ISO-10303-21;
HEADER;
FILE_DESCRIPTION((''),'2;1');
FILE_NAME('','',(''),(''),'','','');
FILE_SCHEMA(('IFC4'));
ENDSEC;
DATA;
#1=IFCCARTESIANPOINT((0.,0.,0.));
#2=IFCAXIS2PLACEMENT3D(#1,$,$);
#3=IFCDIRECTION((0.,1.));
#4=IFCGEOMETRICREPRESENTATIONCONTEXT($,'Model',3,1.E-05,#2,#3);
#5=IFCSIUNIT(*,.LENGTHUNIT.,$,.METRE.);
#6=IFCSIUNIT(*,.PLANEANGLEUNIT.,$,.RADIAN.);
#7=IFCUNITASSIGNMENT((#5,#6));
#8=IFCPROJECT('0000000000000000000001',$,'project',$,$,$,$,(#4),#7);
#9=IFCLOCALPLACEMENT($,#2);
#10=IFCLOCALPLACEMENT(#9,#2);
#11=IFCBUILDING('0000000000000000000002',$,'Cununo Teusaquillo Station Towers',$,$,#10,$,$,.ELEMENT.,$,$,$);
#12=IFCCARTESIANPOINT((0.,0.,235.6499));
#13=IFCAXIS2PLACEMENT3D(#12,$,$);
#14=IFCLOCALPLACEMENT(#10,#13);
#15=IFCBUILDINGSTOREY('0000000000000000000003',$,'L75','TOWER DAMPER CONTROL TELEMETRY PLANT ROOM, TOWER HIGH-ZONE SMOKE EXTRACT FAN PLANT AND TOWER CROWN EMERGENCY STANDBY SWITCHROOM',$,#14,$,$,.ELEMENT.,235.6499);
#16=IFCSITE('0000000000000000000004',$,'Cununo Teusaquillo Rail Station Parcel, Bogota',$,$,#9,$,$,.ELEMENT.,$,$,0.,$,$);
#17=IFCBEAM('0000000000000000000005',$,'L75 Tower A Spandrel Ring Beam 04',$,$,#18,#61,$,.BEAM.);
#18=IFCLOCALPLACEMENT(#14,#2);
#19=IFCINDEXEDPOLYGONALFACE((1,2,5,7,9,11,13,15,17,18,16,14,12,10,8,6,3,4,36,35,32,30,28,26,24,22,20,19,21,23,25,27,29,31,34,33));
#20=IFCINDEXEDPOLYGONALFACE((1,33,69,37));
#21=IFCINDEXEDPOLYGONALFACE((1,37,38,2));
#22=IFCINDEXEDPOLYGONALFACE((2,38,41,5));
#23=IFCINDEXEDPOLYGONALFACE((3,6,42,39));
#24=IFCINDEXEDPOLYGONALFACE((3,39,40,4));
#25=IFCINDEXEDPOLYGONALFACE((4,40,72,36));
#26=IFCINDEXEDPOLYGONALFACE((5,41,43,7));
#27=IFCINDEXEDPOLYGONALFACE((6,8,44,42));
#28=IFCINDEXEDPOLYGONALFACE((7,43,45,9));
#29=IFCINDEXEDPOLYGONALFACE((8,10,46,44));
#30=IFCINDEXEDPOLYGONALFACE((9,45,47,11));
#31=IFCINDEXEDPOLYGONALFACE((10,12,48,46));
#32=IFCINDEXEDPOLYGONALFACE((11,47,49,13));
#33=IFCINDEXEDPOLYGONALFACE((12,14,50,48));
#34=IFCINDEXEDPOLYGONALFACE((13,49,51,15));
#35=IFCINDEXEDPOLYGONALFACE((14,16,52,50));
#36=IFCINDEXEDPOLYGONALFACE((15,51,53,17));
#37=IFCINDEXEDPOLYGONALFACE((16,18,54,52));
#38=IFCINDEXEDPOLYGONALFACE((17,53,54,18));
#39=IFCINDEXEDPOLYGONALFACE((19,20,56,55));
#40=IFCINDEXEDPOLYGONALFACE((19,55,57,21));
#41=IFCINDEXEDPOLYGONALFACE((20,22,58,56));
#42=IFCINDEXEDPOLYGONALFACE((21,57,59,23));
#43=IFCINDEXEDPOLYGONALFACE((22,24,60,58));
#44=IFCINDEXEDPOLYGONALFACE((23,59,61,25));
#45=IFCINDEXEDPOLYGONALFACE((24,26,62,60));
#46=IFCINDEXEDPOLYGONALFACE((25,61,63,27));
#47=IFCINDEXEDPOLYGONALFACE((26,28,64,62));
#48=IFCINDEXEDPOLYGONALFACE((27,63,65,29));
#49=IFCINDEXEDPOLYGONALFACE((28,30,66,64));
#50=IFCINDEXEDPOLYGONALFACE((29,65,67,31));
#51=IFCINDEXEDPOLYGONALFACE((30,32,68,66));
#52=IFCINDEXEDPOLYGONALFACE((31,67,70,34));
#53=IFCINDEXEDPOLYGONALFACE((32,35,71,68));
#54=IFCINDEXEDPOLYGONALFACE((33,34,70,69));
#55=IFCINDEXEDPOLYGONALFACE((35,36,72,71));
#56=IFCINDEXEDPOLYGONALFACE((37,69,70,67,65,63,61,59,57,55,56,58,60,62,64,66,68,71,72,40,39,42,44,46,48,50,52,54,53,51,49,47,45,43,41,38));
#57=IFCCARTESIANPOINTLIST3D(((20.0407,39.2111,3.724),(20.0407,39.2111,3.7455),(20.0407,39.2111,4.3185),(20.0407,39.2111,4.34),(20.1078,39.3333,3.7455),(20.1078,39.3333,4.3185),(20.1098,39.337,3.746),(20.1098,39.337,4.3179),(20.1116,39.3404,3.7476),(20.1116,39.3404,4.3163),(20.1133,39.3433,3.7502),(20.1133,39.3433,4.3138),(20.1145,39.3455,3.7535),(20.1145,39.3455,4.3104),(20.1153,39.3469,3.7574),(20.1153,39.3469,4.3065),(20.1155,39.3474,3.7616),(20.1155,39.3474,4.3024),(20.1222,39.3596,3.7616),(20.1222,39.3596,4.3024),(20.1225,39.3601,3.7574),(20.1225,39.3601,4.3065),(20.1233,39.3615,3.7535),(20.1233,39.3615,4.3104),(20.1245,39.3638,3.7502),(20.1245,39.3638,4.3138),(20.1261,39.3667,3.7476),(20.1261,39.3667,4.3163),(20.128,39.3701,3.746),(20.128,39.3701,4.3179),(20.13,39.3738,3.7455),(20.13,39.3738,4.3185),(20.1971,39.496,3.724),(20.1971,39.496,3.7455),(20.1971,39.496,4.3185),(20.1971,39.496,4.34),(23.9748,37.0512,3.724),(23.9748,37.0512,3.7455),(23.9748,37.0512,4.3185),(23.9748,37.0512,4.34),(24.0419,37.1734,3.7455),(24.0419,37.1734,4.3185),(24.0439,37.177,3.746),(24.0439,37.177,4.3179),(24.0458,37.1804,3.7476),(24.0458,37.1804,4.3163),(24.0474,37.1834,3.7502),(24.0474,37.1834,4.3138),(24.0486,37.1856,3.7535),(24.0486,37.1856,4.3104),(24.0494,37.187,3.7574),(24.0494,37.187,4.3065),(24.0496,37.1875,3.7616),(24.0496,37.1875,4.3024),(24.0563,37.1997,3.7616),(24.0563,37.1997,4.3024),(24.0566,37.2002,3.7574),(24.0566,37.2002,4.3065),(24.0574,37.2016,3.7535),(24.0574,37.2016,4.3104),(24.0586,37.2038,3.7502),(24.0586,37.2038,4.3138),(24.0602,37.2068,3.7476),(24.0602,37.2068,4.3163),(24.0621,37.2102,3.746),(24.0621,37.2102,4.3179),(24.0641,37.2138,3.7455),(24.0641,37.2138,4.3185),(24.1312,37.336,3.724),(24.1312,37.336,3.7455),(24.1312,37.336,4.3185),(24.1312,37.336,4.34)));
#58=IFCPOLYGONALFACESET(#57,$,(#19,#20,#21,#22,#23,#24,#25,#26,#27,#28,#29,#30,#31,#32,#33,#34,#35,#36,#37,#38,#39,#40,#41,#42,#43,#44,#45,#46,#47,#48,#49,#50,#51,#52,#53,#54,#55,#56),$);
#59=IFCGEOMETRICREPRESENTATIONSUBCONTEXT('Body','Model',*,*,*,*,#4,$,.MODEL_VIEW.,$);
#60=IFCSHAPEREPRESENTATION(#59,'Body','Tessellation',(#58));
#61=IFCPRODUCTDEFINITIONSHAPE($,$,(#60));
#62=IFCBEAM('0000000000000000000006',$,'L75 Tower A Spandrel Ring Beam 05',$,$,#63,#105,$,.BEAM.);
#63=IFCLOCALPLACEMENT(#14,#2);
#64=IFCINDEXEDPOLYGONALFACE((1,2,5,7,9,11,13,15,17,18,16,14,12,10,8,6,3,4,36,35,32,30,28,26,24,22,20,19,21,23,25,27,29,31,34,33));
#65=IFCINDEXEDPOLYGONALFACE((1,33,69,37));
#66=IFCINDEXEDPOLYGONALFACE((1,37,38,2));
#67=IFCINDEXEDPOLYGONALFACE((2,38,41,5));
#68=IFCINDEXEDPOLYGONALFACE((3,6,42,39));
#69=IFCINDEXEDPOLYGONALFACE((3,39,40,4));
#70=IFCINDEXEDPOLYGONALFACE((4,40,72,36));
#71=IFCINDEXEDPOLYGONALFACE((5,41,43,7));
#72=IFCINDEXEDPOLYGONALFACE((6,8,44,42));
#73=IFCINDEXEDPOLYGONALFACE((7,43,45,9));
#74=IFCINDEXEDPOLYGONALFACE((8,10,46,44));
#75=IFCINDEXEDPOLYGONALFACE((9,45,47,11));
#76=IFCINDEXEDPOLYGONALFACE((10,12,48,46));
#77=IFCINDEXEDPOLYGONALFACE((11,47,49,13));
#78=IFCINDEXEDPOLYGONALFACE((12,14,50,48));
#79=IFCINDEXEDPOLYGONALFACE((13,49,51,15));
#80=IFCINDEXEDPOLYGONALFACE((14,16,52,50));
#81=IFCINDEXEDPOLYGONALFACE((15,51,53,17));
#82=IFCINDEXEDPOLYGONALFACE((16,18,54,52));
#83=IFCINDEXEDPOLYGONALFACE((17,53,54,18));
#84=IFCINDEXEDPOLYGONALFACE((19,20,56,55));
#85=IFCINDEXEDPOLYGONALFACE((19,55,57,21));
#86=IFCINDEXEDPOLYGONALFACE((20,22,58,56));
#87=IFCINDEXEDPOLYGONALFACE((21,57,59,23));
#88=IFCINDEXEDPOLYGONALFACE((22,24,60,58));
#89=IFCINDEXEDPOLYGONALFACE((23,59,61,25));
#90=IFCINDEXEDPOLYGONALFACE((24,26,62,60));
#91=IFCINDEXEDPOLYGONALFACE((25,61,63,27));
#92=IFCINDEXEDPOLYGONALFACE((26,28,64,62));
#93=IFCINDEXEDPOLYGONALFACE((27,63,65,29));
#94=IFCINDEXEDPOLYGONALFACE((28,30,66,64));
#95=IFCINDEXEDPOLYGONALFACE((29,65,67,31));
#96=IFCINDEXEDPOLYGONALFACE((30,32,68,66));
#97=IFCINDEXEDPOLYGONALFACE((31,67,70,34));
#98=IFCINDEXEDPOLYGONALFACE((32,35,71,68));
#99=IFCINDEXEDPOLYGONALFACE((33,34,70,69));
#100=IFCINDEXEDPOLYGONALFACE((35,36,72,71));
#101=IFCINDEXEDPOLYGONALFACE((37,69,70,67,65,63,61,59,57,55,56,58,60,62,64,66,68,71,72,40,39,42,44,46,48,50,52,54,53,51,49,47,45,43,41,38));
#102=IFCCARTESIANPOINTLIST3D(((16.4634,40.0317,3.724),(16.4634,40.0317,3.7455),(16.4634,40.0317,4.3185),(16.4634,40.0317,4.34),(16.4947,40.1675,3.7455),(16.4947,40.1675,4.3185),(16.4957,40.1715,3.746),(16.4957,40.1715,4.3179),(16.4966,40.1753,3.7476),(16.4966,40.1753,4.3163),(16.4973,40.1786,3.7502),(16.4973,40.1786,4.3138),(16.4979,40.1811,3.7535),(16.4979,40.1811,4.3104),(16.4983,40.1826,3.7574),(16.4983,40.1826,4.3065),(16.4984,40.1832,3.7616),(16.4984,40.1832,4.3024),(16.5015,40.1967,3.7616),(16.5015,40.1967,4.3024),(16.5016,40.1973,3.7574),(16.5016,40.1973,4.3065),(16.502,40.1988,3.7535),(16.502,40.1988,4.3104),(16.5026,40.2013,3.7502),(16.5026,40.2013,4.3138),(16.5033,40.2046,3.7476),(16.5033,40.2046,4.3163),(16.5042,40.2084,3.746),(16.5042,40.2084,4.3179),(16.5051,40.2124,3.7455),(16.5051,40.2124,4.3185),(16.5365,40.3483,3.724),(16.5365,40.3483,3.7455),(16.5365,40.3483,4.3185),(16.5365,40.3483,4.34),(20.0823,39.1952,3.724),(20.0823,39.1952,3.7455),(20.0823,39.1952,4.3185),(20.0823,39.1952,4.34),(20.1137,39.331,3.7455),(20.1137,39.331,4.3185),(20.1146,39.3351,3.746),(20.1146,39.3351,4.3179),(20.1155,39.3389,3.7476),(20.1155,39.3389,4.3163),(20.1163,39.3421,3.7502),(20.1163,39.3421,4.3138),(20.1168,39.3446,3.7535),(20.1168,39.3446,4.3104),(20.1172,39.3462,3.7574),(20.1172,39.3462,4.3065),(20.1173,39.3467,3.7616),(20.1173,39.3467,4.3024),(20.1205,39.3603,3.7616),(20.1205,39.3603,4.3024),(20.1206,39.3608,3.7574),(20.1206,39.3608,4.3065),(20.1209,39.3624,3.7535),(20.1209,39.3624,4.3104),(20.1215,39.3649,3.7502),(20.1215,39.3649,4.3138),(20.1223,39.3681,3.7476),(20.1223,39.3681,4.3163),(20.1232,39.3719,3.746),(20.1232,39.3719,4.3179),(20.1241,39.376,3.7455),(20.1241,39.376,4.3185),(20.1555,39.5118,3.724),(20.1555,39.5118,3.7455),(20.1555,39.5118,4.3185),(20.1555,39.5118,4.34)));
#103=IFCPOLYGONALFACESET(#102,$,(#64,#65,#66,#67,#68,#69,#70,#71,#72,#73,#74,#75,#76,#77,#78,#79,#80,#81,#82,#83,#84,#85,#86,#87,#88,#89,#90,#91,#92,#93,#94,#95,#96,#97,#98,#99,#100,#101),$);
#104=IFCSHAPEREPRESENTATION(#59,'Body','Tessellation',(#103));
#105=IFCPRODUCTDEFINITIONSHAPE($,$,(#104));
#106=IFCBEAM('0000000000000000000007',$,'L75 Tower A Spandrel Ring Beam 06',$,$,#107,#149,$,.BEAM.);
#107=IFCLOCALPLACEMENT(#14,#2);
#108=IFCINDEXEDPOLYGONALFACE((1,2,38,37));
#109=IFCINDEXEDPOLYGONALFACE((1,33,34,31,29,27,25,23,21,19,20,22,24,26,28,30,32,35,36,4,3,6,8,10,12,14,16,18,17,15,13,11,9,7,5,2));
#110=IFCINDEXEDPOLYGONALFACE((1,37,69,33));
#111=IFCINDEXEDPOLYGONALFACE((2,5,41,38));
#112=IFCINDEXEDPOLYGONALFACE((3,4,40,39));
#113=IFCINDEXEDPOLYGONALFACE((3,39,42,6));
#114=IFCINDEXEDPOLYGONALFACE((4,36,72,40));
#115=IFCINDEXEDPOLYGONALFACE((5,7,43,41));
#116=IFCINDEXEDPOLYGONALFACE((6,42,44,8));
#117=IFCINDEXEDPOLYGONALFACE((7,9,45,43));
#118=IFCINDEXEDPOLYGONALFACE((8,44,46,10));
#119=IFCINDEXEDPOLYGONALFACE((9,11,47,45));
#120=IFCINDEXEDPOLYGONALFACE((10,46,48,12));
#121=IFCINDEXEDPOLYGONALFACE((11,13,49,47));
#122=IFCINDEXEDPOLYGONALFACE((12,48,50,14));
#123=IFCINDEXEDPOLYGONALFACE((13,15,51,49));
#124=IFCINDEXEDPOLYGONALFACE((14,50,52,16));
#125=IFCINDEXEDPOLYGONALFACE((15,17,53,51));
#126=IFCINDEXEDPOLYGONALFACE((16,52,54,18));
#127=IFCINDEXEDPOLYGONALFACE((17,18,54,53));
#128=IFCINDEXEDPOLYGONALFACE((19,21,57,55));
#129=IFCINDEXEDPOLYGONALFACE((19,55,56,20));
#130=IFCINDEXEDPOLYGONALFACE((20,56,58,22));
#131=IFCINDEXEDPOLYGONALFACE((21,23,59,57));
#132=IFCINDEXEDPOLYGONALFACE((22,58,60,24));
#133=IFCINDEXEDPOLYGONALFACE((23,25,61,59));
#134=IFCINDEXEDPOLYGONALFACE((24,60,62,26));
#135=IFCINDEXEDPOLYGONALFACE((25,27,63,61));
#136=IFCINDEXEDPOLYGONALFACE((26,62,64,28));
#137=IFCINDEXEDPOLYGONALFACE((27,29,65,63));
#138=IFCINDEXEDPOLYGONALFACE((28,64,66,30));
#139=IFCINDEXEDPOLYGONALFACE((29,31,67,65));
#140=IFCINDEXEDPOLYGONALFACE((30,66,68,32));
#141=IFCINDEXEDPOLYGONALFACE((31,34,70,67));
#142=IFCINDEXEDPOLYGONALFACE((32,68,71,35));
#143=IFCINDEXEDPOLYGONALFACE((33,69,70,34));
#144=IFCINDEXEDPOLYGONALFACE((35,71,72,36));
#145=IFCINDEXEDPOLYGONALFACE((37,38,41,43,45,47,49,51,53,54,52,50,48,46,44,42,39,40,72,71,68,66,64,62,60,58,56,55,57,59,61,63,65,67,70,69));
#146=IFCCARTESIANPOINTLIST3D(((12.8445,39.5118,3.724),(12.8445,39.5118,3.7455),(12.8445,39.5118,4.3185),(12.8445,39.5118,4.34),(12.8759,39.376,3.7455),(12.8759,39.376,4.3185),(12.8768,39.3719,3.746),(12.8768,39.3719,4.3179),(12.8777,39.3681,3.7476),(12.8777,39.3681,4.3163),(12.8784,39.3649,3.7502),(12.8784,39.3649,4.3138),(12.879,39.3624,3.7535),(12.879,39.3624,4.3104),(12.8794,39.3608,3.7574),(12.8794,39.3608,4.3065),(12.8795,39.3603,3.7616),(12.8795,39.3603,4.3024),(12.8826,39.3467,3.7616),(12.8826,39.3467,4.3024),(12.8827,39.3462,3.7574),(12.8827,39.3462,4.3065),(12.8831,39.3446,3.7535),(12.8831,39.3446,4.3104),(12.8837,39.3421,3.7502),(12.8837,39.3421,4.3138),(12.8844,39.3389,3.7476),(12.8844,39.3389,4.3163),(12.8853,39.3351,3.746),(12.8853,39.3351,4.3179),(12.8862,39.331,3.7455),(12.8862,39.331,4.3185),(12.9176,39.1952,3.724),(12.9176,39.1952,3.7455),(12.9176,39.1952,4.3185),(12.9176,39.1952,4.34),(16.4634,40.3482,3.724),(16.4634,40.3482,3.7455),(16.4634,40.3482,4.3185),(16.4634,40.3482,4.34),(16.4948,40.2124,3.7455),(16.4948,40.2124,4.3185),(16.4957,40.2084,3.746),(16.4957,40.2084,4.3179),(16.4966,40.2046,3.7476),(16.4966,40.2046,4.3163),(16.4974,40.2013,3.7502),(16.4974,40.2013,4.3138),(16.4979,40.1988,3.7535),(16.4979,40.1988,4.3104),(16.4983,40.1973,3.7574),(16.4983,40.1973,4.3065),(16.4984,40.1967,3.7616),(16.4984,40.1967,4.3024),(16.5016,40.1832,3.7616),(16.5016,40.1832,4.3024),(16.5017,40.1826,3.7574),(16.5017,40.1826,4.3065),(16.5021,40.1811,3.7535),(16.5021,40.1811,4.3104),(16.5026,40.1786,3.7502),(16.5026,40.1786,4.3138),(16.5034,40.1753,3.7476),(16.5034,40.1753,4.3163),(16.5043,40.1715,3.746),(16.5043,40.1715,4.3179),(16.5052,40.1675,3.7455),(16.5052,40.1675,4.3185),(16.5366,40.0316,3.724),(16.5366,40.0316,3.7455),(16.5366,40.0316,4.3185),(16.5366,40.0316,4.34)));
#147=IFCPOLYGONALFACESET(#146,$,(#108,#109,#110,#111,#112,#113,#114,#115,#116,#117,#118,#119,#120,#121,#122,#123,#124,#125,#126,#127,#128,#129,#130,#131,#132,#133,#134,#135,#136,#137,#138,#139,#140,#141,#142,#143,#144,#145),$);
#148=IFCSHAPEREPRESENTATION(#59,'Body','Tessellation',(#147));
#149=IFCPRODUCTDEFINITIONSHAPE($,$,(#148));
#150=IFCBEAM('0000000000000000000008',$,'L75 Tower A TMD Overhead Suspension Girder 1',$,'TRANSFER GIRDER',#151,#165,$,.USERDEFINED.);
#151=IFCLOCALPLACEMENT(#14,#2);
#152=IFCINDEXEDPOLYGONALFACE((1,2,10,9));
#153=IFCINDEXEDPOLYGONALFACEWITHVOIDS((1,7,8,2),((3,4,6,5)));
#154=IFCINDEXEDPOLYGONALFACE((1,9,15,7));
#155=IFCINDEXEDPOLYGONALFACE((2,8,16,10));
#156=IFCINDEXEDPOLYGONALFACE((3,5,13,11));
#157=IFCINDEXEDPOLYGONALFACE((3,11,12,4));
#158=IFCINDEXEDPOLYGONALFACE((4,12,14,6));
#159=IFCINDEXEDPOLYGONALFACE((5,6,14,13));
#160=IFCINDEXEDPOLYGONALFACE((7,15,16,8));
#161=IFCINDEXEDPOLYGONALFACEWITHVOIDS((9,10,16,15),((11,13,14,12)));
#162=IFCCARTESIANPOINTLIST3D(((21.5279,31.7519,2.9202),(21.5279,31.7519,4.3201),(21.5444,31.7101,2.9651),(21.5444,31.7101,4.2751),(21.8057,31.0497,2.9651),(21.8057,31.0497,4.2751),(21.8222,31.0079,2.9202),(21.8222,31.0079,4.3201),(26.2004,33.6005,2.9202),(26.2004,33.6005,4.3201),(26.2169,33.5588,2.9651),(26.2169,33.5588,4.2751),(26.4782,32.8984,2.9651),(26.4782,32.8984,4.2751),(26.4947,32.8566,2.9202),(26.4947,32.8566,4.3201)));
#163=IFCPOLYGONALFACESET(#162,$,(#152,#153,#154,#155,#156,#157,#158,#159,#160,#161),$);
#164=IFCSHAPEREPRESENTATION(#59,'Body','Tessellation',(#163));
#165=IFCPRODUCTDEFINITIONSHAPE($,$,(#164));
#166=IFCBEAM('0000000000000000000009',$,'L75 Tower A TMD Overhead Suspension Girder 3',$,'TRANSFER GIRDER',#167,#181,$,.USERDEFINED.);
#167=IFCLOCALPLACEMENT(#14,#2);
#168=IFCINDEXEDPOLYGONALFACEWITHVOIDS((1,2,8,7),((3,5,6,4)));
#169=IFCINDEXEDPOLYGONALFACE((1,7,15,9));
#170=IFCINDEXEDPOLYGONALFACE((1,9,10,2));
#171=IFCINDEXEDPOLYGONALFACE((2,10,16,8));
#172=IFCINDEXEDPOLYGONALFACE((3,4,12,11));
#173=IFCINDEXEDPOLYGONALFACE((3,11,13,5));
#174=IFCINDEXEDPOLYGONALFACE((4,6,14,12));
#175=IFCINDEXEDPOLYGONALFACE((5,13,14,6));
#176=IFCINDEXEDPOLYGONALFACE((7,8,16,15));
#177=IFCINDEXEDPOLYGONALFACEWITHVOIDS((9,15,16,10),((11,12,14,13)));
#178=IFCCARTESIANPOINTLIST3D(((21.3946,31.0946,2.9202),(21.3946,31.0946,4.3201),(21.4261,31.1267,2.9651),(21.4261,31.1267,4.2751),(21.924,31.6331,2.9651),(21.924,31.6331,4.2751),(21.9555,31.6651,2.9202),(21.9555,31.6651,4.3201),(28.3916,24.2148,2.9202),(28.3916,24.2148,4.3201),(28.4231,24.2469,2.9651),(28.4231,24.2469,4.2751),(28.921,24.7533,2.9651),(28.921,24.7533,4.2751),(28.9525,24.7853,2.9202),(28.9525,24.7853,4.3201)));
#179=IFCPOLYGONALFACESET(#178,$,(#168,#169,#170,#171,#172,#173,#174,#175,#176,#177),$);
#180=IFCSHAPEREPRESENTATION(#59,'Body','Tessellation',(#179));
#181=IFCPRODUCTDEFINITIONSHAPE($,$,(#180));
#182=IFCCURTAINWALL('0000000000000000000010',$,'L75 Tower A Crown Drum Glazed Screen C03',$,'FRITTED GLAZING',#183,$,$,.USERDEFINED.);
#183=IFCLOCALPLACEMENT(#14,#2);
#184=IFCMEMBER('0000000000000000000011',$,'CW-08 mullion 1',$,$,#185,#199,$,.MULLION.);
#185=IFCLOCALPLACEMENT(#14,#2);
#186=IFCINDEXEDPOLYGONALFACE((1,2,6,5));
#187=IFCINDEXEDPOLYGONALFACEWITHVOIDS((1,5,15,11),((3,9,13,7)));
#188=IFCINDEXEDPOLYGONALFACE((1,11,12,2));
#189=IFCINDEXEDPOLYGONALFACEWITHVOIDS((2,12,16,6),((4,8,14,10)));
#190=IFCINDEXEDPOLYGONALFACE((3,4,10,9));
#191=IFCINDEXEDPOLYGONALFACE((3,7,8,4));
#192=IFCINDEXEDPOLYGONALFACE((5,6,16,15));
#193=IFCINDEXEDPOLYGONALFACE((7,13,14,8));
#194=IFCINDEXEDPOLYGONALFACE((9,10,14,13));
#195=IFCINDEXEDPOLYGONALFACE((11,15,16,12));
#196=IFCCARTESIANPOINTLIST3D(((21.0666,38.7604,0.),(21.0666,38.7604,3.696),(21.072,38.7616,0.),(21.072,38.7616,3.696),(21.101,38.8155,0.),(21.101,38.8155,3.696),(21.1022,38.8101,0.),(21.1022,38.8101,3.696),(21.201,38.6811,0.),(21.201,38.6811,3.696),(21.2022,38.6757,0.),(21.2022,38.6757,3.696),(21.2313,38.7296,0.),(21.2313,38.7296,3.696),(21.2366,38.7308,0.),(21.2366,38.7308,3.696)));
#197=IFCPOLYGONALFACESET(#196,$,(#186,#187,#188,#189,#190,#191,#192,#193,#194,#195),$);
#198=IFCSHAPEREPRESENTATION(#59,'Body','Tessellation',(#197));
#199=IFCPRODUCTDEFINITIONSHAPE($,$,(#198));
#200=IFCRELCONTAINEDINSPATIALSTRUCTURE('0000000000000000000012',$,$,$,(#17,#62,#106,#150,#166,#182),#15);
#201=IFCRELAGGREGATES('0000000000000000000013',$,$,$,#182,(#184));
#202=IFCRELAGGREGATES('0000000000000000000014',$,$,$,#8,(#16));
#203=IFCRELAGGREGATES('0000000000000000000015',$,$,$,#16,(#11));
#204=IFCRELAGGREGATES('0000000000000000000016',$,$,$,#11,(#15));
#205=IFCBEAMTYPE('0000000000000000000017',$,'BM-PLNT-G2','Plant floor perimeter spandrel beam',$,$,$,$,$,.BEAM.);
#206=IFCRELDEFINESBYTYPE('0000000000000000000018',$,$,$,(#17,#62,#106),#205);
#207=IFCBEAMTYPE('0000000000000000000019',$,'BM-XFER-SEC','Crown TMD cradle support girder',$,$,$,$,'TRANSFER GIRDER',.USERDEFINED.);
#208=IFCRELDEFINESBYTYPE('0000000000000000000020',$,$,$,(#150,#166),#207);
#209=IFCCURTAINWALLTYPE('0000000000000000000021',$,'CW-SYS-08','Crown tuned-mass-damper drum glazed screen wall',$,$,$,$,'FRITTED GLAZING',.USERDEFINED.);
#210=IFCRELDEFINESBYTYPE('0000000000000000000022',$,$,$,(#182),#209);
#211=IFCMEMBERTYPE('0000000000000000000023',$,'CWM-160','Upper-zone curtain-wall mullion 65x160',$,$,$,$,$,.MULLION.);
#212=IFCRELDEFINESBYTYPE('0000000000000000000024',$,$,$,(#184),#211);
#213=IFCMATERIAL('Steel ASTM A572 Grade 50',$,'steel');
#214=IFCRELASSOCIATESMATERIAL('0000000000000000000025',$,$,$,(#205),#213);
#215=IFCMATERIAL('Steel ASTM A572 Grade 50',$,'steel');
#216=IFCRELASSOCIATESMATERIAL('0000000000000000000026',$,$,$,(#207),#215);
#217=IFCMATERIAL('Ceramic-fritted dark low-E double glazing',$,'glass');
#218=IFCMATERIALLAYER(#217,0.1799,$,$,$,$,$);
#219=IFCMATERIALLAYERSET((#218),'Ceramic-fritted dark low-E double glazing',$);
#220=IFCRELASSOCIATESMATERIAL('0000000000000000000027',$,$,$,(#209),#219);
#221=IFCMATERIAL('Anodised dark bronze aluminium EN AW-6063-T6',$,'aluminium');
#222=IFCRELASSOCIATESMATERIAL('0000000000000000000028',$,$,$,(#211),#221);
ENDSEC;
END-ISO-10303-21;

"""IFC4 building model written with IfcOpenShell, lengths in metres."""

from ifc_helpers import new_model, si_unit, direction, frame, origin, origin_2d, place, context, subcontext, project, spatial, hollow_rectangle, i_section, extrude, material, layer, layer_set, material_profile, profile_set, type_object, element, aggregate, save


model = new_model("IFC4")

# Units and contexts
model_context = context("Model", 3, precision=1e-05, world=origin(), true_north=direction((0.0, 1.0)))
body_context = subcontext(model_context, "Body", "Model", "MODEL_VIEW")
ifc_project = project(units=[si_unit("LENGTHUNIT", "METRE"), si_unit("PLANEANGLEUNIT", "RADIAN")], contexts=[model_context])

# Site, building, storey
site_placement = place(None, origin())
site = spatial("IfcSite", under=ifc_project, at=site_placement, Name="Cununo Teusaquillo Rail Station Parcel, Bogota", CompositionType="ELEMENT", RefElevation=0.0)
building_placement = place(site_placement, origin())
building = spatial("IfcBuilding", under=site, at=building_placement, Name="Cununo Teusaquillo Station Towers", CompositionType="ELEMENT")
storey_placement = place(building_placement, frame((0.0, 0.0, 235.6499)))
storey = spatial("IfcBuildingStorey", under=building, at=storey_placement, Name="L75", Description="TOWER DAMPER CONTROL TELEMETRY PLANT ROOM, TOWER HIGH-ZONE SMOKE EXTRACT FAN PLANT AND TOWER CROWN EMERGENCY STANDBY SWITCHROOM", CompositionType="ELEMENT", Elevation=235.6499)

# Beams
ifc_material_1 = material(Name="Steel ASTM A572 Grade 50", Category="steel")
ifc_material_profile_1 = material_profile(ifc_material_1, i_section(OverallWidth=0.325, OverallDepth=0.616, WebThickness=0.0139, FlangeThickness=0.0215, FilletRadius=0.0161, at=origin_2d()), Name="W24X117")
ifc_profile_set_1 = profile_set([ifc_material_profile_1], Name="Steel ASTM A572 Grade 50")
beam_type_1 = type_object("IfcBeamType", Name="BM-PLNT-G2", Description="Plant floor perimeter spandrel beam", PredefinedType="BEAM", material=ifc_profile_set_1)
beam_1_placement = place(storey_placement, frame((24.053, 37.1936, 4.032), z_axis=(-0.876576, 0.481263, 0.0), x_axis=(-0.481263, -0.876576, 0.0)))
element("IfcBeam", 1, at=beam_1_placement, inside=storey, type_object=beam_type_1, Name="L75 Tower A Spandrel Ring Beam 04", PredefinedType="BEAM", context=body_context, shape_type="SweptSolid", body=[
    extrude(i_section(OverallWidth=0.325, OverallDepth=0.616, WebThickness=0.0139, FlangeThickness=0.0215, FilletRadius=0.0161, at=origin_2d()), origin(), (0.0, 0.0, 1.0), 4.488),
])
for number, where, z_axis, x_axis, name in (
    (2, (20.1189, 39.3535, 4.032), (-0.974315, 0.225191, 0.0), (-0.225191, -0.974315, 0.0), "L75 Tower A Spandrel Ring Beam 05"),
    (3, (16.5, 40.1899, 4.032), (-0.974315, -0.225191, 0.0), (0.225191, -0.974315, 0.0), "L75 Tower A Spandrel Ring Beam 06"),
):
    element("IfcBeam", number, at=place(storey_placement, frame(where, z_axis=z_axis, x_axis=x_axis)), inside=storey, type_object=beam_type_1, Name=name, PredefinedType="BEAM", context=body_context, shape_type="SweptSolid", body=[
        extrude(i_section(OverallWidth=0.325, OverallDepth=0.616, WebThickness=0.0139, FlangeThickness=0.0215, FilletRadius=0.0161, at=origin_2d()), origin(), (0.0, 0.0, 1.0), 3.7144),
    ])
ifc_material_2 = material(Name="Steel ASTM A572 Grade 50", Category="steel")
ifc_material_profile_2 = material_profile(ifc_material_2, hollow_rectangle(XDim=0.8, YDim=1.3999, WallThickness=0.0449, at=origin_2d()), Name="BOX 1400x800x45")
ifc_profile_set_2 = profile_set([ifc_material_profile_2], Name="Steel ASTM A572 Grade 50")
beam_type_2 = type_object("IfcBeamType", Name="BM-XFER-SEC", Description="Crown TMD cradle support girder", ElementType="TRANSFER GIRDER", PredefinedType="USERDEFINED", material=ifc_profile_set_2)
beam_2_placement = place(storey_placement, frame((21.675, 31.3799, 3.6201), z_axis=(0.929864, 0.367903, 0.0), x_axis=(-0.367903, 0.929864, 0.0)))
element("IfcBeam", 4, at=beam_2_placement, inside=storey, type_object=beam_type_2, Name="L75 Tower A TMD Overhead Suspension Girder 1", ObjectType="TRANSFER GIRDER", PredefinedType="USERDEFINED", context=body_context, shape_type="SweptSolid", body=[
    extrude(hollow_rectangle(XDim=0.8, YDim=1.3999, WallThickness=0.0449, at=origin_2d()), origin(), (0.0, 0.0, 1.0), 5.0249),
])
beam_3_placement = place(storey_placement, frame((21.675, 31.3799, 3.6201), z_axis=(0.713053, -0.70111, 0.0), x_axis=(0.70111, 0.713053, 0.0)))
element("IfcBeam", 5, at=beam_3_placement, inside=storey, type_object=beam_type_2, Name="L75 Tower A TMD Overhead Suspension Girder 3", ObjectType="TRANSFER GIRDER", PredefinedType="USERDEFINED", context=body_context, shape_type="SweptSolid", body=[
    extrude(hollow_rectangle(XDim=0.8, YDim=1.3999, WallThickness=0.0449, at=origin_2d()), origin(), (0.0, 0.0, 1.0), 9.8127),
])

# Curtain wall, member
ifc_material_3 = material(Name="Ceramic-fritted dark low-E double glazing", Category="glass")
ifc_layer_1 = layer(ifc_material_3, 0.1799)
ifc_layer_set_1 = layer_set([ifc_layer_1], Name="Ceramic-fritted dark low-E double glazing")
curtain_wall_type = type_object("IfcCurtainWallType", Name="CW-SYS-08", Description="Crown tuned-mass-damper drum glazed screen wall", ElementType="FRITTED GLAZING", PredefinedType="USERDEFINED", material=ifc_layer_set_1)
curtain_wall_placement = place(storey_placement, origin())
curtain_wall = element("IfcCurtainWall", 6, at=curtain_wall_placement, inside=storey, type_object=curtain_wall_type, Name="L75 Tower A Crown Drum Glazed Screen C03", ObjectType="FRITTED GLAZING", PredefinedType="USERDEFINED")
ifc_material_4 = material(Name="Anodised dark bronze aluminium EN AW-6063-T6", Category="aluminium")
ifc_material_profile_3 = material_profile(ifc_material_4, hollow_rectangle(XDim=0.0649, YDim=0.1599, WallThickness=0.0039, at=origin_2d()), Name="CW-MULL-65x160")
ifc_profile_set_3 = profile_set([ifc_material_profile_3], Name="Anodised dark bronze aluminium EN AW-6063-T6")
member_type_1 = type_object("IfcMemberType", Name="CWM-160", Description="Upper-zone curtain-wall mullion 65x160", PredefinedType="MULLION", material=ifc_profile_set_3)
member_1_placement = place(storey_placement, frame((21.1516, 38.7456, 0.0), z_axis=(0.0, 0.0, 1.0), x_axis=(0.529451, 0.84834, 0.0)))
member_1 = element("IfcMember", 7, at=member_1_placement, type_object=member_type_1, Name="CW-08 mullion 1", PredefinedType="MULLION", context=body_context, shape_type="SweptSolid", body=[
    extrude(hollow_rectangle(XDim=0.0649, YDim=0.1599, WallThickness=0.0039, at=origin_2d()), origin(), (0.0, 0.0, 1.0), 3.696),
])

aggregate(curtain_wall, [member_1])

save(model, "model.ifc")
